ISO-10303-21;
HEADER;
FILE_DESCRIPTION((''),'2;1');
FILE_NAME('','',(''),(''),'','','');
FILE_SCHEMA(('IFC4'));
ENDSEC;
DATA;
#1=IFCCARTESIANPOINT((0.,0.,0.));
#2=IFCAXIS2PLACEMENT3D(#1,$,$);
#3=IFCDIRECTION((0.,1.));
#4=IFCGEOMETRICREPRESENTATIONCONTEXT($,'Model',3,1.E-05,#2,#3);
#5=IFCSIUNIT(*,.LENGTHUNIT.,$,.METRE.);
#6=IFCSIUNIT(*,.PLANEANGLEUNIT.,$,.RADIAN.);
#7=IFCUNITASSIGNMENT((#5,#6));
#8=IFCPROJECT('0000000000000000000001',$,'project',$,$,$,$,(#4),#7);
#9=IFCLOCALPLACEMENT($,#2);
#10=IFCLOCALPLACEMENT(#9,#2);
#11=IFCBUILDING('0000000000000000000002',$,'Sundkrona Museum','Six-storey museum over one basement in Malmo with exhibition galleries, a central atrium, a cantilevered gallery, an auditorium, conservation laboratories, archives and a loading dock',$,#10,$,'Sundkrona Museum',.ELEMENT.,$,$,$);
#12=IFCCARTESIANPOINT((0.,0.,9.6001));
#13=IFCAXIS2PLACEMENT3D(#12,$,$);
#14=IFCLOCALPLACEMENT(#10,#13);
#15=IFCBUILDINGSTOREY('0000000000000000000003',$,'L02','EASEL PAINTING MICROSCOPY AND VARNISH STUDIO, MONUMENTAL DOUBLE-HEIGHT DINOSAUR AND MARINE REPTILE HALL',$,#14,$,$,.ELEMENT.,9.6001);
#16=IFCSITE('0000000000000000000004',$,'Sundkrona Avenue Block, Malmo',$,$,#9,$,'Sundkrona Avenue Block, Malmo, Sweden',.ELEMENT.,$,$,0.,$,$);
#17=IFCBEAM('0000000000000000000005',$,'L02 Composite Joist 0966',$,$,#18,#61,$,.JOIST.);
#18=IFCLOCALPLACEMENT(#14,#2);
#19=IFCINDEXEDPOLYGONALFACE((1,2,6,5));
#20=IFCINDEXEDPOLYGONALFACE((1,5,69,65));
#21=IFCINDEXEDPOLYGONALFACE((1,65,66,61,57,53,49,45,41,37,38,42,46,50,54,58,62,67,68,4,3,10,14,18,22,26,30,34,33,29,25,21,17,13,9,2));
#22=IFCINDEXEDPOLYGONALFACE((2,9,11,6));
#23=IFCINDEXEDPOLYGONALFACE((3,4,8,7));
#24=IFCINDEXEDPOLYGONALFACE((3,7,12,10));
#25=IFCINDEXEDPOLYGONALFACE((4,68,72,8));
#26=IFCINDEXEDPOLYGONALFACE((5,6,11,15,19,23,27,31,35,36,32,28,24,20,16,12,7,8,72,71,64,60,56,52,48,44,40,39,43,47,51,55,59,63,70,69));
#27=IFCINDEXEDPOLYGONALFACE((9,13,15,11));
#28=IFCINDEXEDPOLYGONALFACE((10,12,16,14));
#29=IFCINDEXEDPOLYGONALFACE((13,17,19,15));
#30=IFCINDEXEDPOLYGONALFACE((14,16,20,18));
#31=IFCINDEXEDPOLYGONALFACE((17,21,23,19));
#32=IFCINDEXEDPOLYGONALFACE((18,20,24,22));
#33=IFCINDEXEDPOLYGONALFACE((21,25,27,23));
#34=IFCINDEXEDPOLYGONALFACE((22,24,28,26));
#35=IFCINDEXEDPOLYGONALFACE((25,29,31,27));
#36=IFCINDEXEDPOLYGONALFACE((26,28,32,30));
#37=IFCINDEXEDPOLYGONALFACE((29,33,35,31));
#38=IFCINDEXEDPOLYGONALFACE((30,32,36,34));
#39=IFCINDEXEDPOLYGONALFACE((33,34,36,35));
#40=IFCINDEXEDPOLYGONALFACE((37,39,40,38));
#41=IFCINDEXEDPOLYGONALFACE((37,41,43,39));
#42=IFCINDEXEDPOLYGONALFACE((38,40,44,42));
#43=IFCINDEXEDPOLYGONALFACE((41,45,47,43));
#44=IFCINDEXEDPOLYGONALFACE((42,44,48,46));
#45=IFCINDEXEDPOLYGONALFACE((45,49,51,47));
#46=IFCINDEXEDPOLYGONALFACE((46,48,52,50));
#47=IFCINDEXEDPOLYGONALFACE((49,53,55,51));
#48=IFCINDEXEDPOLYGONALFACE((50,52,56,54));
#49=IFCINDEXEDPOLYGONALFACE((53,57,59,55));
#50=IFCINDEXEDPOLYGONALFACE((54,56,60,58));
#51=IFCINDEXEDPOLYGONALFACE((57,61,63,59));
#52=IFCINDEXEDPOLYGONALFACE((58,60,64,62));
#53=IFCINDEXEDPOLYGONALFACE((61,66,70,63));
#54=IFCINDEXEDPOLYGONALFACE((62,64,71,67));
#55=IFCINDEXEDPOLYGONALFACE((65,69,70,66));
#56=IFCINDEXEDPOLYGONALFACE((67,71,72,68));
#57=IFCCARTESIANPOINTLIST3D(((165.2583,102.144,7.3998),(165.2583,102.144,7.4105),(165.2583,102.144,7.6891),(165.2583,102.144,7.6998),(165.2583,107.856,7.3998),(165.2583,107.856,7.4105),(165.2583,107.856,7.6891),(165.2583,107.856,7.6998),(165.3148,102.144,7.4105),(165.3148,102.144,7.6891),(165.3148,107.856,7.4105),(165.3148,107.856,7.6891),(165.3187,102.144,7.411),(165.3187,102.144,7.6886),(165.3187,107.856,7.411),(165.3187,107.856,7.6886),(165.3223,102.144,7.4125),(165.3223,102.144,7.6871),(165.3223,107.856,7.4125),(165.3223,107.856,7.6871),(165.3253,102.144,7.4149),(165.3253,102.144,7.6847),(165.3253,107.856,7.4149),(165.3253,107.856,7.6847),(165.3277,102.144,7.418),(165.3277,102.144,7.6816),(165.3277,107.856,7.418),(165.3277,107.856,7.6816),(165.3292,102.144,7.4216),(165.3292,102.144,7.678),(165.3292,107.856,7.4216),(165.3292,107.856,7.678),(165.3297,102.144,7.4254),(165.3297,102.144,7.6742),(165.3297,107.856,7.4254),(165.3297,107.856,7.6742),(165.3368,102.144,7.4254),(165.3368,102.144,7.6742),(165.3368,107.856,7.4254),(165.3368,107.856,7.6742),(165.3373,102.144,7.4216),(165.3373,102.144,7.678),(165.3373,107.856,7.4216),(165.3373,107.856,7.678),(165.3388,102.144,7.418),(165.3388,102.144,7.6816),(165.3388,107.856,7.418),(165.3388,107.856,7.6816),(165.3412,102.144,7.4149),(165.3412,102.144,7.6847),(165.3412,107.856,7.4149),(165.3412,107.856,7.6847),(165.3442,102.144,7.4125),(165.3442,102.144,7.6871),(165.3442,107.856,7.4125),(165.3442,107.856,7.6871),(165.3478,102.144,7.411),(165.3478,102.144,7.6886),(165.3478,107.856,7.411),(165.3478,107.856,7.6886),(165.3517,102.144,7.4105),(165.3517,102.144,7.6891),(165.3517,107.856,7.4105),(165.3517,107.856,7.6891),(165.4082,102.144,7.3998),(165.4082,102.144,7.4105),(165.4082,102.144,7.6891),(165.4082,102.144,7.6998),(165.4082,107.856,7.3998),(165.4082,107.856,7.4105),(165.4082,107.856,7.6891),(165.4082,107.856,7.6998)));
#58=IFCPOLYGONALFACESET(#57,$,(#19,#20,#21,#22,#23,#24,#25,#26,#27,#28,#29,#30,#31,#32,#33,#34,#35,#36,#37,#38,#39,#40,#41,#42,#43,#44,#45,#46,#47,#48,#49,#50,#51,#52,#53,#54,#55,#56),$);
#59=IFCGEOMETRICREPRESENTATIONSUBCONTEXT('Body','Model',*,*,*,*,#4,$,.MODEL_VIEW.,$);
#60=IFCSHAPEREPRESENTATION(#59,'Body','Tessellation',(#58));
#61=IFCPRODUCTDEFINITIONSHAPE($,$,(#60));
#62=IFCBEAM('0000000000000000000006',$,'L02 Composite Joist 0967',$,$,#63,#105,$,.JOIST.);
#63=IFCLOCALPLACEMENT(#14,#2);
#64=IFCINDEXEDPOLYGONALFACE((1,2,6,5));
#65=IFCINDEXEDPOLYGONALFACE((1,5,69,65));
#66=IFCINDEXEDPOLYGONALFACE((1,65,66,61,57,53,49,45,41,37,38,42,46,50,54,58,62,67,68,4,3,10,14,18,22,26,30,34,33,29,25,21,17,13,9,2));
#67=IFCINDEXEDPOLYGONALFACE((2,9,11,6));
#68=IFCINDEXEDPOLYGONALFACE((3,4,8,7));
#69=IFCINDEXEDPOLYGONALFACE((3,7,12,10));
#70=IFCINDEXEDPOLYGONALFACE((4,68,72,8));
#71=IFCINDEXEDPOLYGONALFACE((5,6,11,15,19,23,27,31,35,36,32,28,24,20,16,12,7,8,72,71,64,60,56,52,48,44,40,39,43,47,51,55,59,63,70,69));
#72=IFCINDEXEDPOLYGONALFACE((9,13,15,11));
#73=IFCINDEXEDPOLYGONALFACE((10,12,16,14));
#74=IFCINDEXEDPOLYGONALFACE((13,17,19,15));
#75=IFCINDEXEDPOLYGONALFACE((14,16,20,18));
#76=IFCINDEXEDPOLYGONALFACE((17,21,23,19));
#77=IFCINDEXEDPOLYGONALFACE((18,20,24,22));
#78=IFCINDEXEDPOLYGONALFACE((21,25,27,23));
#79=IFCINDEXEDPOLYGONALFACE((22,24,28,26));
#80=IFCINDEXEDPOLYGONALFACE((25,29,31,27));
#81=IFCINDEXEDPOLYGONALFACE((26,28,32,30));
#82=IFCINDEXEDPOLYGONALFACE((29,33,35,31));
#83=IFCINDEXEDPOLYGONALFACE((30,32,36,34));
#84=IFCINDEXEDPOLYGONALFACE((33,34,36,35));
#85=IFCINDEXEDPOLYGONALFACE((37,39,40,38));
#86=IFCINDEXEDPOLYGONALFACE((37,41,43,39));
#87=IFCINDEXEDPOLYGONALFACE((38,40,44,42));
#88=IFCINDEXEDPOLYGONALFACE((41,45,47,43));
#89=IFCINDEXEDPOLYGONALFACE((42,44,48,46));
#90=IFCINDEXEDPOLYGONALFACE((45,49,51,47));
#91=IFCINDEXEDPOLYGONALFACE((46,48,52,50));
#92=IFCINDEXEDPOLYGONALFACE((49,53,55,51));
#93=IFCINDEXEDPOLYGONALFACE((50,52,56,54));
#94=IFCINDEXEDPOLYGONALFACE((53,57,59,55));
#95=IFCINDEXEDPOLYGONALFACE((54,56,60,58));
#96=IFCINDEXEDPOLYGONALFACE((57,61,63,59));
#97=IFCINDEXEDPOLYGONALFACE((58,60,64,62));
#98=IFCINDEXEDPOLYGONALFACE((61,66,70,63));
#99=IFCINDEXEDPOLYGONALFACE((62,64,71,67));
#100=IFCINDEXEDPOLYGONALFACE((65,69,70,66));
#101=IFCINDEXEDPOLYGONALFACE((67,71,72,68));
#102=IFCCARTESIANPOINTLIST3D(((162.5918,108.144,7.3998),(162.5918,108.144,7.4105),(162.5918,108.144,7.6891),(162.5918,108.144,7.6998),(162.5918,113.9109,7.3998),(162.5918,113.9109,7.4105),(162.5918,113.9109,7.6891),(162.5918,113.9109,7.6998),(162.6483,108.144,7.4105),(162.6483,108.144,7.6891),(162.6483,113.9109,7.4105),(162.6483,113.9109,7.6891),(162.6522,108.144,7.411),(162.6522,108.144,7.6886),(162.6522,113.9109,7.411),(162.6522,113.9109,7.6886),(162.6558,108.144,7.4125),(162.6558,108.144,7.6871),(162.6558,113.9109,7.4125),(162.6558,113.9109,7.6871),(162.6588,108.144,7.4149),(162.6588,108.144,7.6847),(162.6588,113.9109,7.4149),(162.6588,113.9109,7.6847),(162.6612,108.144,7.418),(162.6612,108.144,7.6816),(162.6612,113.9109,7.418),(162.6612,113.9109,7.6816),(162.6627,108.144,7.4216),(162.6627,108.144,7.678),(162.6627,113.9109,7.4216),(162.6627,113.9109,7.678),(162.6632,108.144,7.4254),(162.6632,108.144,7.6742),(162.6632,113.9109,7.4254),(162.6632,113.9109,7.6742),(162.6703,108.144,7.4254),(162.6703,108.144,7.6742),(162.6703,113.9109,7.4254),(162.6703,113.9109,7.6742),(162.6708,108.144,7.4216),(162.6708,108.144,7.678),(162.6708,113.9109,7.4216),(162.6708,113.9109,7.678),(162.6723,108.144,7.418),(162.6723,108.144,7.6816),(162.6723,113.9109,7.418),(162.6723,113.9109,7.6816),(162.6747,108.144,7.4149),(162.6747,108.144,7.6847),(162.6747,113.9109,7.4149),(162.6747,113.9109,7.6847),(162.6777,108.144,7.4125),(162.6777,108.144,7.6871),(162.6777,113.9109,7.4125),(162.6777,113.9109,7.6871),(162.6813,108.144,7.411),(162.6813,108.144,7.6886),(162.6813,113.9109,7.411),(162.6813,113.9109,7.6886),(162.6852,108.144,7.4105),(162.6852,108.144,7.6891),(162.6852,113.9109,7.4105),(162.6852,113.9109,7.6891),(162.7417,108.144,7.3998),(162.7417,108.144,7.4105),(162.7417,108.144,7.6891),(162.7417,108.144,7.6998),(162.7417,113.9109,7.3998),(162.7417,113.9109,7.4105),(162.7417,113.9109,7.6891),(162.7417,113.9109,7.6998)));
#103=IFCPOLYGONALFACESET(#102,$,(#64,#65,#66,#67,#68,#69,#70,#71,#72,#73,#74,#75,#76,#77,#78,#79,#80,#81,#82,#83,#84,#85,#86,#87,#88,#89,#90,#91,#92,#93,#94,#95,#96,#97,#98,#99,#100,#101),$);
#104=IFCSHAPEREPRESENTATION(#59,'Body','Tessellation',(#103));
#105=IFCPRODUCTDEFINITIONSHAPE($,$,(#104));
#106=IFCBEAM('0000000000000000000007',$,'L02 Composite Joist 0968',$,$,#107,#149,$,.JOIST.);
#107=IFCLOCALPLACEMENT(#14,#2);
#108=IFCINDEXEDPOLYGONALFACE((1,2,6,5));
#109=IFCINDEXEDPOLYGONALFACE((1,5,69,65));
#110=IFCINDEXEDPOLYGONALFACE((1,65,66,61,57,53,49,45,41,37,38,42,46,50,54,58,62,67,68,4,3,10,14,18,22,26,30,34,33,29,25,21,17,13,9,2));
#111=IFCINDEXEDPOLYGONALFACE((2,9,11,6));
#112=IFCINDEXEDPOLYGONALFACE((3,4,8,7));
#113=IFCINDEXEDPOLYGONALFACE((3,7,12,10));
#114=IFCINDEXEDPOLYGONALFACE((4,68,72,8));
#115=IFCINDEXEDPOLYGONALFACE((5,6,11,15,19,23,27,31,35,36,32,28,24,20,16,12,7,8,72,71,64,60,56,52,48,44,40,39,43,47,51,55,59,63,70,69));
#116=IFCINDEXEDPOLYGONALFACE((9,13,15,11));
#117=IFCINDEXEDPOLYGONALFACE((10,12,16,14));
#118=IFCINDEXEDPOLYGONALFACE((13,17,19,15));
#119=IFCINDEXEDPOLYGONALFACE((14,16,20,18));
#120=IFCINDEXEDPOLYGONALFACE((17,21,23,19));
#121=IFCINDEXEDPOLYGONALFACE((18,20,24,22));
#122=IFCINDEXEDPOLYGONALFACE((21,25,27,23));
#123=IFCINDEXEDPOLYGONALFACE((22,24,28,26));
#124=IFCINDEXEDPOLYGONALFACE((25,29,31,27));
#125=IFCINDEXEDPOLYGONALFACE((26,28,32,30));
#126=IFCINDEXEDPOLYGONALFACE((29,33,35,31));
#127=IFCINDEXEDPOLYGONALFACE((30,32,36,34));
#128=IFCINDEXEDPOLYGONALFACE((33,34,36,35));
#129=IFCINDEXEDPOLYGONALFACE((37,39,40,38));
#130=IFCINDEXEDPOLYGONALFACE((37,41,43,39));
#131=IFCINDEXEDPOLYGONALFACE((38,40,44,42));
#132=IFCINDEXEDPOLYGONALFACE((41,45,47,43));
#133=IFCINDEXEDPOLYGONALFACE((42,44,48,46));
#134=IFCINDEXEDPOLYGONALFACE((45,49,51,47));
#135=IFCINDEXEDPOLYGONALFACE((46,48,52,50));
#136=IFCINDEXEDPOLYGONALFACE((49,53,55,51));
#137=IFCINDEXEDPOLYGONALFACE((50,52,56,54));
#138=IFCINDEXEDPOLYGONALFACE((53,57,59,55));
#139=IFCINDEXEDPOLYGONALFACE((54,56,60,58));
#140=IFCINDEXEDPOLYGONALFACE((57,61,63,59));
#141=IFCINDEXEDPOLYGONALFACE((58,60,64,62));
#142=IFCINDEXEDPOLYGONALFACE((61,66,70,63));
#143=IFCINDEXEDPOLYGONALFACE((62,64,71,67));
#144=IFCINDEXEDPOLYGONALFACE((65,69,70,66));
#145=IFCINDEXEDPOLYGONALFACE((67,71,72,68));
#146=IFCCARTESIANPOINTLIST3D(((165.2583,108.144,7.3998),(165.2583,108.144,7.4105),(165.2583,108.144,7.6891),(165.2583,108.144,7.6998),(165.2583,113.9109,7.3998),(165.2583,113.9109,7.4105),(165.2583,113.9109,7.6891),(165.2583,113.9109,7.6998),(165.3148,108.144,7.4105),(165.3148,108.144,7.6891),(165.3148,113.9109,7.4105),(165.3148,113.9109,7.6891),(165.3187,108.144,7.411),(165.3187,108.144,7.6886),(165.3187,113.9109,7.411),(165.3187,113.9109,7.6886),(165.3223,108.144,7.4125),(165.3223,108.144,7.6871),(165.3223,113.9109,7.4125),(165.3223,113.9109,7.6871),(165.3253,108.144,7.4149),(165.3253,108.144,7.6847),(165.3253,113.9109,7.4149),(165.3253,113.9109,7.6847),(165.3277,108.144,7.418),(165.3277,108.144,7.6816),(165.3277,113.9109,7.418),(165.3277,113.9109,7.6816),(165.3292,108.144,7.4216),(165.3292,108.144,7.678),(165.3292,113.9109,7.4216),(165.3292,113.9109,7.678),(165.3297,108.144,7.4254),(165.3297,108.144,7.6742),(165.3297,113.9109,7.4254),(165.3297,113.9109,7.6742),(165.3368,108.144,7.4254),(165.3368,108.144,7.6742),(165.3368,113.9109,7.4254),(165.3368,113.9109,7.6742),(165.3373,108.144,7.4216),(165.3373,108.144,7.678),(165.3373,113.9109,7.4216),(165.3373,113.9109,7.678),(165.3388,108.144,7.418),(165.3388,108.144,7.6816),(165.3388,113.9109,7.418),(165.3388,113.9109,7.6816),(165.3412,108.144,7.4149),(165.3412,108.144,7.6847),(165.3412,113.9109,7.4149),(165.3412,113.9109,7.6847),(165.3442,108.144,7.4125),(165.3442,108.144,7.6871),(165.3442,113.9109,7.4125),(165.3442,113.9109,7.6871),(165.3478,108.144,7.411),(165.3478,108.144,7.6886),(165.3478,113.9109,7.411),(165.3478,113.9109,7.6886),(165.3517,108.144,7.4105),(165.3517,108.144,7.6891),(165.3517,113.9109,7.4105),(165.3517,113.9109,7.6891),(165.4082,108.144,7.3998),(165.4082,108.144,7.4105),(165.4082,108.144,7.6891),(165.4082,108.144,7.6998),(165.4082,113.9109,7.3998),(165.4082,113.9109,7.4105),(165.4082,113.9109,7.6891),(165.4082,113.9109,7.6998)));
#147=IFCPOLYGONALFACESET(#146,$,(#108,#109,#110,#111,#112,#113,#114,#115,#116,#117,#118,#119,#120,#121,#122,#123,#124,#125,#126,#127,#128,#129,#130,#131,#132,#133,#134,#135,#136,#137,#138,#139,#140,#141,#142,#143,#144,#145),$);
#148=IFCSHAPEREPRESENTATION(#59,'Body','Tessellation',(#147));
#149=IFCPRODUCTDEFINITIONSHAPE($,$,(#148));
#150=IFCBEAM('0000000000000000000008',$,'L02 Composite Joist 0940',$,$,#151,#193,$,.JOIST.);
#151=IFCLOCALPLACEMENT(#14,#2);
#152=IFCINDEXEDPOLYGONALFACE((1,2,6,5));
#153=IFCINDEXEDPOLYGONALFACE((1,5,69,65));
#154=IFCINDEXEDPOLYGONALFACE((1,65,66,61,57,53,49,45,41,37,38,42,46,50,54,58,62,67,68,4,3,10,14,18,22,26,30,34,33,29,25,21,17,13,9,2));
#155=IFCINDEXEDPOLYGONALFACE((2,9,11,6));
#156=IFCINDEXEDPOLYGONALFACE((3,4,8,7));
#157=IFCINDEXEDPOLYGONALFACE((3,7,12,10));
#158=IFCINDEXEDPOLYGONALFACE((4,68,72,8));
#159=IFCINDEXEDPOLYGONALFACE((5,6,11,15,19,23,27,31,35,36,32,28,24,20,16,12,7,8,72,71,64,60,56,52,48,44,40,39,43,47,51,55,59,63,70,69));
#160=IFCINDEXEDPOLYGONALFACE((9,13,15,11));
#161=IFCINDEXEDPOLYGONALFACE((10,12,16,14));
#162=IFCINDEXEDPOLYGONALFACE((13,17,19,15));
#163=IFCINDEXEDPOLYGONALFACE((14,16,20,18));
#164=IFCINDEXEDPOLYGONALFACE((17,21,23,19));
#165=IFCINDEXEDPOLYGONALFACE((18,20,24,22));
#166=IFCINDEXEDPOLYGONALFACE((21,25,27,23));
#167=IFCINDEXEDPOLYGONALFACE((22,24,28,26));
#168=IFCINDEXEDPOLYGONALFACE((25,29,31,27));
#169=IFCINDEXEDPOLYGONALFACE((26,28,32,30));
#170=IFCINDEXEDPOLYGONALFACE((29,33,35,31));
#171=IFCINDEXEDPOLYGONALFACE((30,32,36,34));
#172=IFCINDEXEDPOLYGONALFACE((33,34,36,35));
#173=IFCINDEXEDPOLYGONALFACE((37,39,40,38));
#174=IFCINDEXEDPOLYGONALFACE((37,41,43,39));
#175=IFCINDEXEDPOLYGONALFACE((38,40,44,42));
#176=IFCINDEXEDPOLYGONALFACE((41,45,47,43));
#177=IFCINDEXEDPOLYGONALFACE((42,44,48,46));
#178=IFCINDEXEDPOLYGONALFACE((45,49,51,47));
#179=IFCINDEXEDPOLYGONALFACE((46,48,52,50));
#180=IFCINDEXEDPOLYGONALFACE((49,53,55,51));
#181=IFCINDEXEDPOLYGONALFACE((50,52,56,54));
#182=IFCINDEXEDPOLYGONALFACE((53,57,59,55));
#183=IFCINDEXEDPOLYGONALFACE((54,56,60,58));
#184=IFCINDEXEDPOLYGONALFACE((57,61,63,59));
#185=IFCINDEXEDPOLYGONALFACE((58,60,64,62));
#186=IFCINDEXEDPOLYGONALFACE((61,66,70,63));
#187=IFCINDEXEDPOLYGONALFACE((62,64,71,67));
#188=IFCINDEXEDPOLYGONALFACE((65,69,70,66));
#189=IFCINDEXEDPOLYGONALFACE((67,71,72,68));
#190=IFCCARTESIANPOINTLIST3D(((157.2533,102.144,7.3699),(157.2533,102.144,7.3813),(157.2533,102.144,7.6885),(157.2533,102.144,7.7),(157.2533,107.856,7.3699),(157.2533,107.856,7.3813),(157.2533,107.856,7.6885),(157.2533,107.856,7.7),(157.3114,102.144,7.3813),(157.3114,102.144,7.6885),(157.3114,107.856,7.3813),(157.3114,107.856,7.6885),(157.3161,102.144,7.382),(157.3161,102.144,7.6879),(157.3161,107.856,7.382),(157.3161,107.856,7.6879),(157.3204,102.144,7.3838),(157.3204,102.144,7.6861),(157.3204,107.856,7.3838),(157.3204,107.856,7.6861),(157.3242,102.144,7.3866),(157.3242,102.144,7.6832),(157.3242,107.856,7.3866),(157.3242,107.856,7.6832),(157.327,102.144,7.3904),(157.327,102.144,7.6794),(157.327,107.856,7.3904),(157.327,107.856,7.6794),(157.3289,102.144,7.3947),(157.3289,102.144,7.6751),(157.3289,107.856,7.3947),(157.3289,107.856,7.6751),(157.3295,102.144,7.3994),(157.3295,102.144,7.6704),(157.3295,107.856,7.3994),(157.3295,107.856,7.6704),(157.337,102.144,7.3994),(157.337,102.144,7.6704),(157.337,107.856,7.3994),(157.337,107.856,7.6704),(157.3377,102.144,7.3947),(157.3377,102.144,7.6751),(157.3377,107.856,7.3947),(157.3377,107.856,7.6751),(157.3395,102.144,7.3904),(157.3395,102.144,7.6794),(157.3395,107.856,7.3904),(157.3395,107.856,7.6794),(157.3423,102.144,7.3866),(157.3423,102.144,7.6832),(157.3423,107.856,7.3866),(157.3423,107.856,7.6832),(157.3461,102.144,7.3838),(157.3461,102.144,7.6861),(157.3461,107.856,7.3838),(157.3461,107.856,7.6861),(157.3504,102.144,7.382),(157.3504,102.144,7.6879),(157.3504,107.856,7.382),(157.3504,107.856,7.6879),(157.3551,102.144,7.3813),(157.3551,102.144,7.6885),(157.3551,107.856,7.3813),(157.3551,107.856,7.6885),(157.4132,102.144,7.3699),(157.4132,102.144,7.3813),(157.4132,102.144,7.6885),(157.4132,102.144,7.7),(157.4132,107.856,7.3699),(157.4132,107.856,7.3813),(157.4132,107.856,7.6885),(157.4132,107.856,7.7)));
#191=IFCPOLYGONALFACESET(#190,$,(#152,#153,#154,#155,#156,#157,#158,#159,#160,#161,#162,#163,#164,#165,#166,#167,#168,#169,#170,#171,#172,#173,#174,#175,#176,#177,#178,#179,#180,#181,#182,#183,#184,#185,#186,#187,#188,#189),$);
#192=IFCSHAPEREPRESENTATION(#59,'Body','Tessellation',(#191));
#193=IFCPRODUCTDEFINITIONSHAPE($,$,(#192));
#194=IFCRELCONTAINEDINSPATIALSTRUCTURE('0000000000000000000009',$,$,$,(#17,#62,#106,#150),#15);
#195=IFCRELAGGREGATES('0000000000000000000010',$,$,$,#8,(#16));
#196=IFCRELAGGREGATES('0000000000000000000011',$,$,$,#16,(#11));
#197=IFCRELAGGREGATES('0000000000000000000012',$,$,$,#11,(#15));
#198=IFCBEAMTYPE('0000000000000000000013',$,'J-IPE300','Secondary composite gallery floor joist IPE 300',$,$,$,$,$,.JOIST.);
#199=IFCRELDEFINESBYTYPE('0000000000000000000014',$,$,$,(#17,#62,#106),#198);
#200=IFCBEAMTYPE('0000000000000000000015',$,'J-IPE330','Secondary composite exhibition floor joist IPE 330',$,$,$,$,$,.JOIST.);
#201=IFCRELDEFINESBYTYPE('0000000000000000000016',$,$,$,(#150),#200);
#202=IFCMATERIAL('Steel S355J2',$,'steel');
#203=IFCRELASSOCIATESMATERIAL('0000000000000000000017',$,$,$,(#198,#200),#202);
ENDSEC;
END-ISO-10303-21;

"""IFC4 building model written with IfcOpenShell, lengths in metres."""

from ifc_helpers import new_model, si_unit, direction, frame, origin, origin_2d, place, context, subcontext, project, spatial, i_section, extrude, material, material_profile, profile_set, type_object, element, save


model = new_model("IFC4")

# Units and contexts
model_context = context("Model", 3, precision=1e-05, world=origin(), true_north=direction((0.0, 1.0)))
body_context = subcontext(model_context, "Body", "Model", "MODEL_VIEW")
ifc_project = project(units=[si_unit("LENGTHUNIT", "METRE"), si_unit("PLANEANGLEUNIT", "RADIAN")], contexts=[model_context])

# Site, building, storey
site_placement = place(None, origin())
site = spatial("IfcSite", under=ifc_project, at=site_placement, Name="Sundkrona Avenue Block, Malmo", LongName="Sundkrona Avenue Block, Malmo, Sweden", CompositionType="ELEMENT", RefElevation=0.0)
building_placement = place(site_placement, origin())
building = spatial("IfcBuilding", under=site, at=building_placement, Name="Sundkrona Museum", Description="Six-storey museum over one basement in Malmo with exhibition galleries, a central atrium, a cantilevered gallery, an auditorium, conservation laboratories, archives and a loading dock", LongName="Sundkrona Museum", CompositionType="ELEMENT")
storey_placement = place(building_placement, frame((0.0, 0.0, 9.6001)))
storey = spatial("IfcBuildingStorey", under=building, at=storey_placement, Name="L02", Description="EASEL PAINTING MICROSCOPY AND VARNISH STUDIO, MONUMENTAL DOUBLE-HEIGHT DINOSAUR AND MARINE REPTILE HALL", CompositionType="ELEMENT", Elevation=9.6001)

# Shared definitions
ifc_material_1 = material(Name="Steel S355J2", Category="steel")

# Beams
ifc_material_profile_1 = material_profile(ifc_material_1, i_section(OverallWidth=0.1499, OverallDepth=0.3, WebThickness=0.0071, FlangeThickness=0.0107, FilletRadius=0.0149, at=origin_2d()), Name="IPE 300")
ifc_profile_set_1 = profile_set([ifc_material_profile_1], Name="Steel S355J2")
beam_type_1 = type_object("IfcBeamType", Name="J-IPE300", Description="Secondary composite gallery floor joist IPE 300", PredefinedType="JOIST", material=ifc_profile_set_1)
beam_1_placement = place(storey_placement, frame((165.3333, 102.144, 7.5498), z_axis=(0.0, 1.0, 0.0), x_axis=(-1.0, 0.0, 0.0)))
element("IfcBeam", 1, at=beam_1_placement, inside=storey, type_object=beam_type_1, Name="L02 Composite Joist 0966", PredefinedType="JOIST", context=body_context, shape_type="SweptSolid", body=[
    extrude(i_section(OverallWidth=0.1499, OverallDepth=0.3, WebThickness=0.0071, FlangeThickness=0.0107, FilletRadius=0.0149, at=origin_2d()), origin(), (0.0, 0.0, 1.0), 5.7119),
])
for number, where, z_axis, x_axis, name in (
    (2, (162.6667, 108.144, 7.5498), (0.0, 1.0, 0.0), (-1.0, 0.0, 0.0), "L02 Composite Joist 0967"),
    (3, (165.3333, 108.144, 7.5498), (0.0, 1.0, 0.0), (-1.0, 0.0, 0.0), "L02 Composite Joist 0968"),
):
    element("IfcBeam", number, at=place(storey_placement, frame(where, z_axis=z_axis, x_axis=x_axis)), inside=storey, type_object=beam_type_1, Name=name, PredefinedType="JOIST", context=body_context, shape_type="SweptSolid", body=[
        extrude(i_section(OverallWidth=0.1499, OverallDepth=0.3, WebThickness=0.0071, FlangeThickness=0.0107, FilletRadius=0.0149, at=origin_2d()), origin(), (0.0, 0.0, 1.0), 5.7668),
    ])
ifc_material_profile_2 = material_profile(ifc_material_1, i_section(OverallWidth=0.1599, OverallDepth=0.3301, WebThickness=0.0076, FlangeThickness=0.0115, FilletRadius=0.0181, at=origin_2d()), Name="IPE 330")
ifc_profile_set_2 = profile_set([ifc_material_profile_2], Name="Steel S355J2")
beam_type_2 = type_object("IfcBeamType", Name="J-IPE330", Description="Secondary composite exhibition floor joist IPE 330", PredefinedType="JOIST", material=ifc_profile_set_2)
beam_2_placement = place(storey_placement, frame((157.3333, 102.144, 7.5349), z_axis=(0.0, 1.0, 0.0), x_axis=(-1.0, 0.0, 0.0)))
element("IfcBeam", 4, at=beam_2_placement, inside=storey, type_object=beam_type_2, Name="L02 Composite Joist 0940", PredefinedType="JOIST", context=body_context, shape_type="SweptSolid", body=[
    extrude(i_section(OverallWidth=0.1599, OverallDepth=0.3301, WebThickness=0.0076, FlangeThickness=0.0115, FilletRadius=0.0181, at=origin_2d()), origin(), (0.0, 0.0, 1.0), 5.7119),
])

save(model, "model.ifc")
